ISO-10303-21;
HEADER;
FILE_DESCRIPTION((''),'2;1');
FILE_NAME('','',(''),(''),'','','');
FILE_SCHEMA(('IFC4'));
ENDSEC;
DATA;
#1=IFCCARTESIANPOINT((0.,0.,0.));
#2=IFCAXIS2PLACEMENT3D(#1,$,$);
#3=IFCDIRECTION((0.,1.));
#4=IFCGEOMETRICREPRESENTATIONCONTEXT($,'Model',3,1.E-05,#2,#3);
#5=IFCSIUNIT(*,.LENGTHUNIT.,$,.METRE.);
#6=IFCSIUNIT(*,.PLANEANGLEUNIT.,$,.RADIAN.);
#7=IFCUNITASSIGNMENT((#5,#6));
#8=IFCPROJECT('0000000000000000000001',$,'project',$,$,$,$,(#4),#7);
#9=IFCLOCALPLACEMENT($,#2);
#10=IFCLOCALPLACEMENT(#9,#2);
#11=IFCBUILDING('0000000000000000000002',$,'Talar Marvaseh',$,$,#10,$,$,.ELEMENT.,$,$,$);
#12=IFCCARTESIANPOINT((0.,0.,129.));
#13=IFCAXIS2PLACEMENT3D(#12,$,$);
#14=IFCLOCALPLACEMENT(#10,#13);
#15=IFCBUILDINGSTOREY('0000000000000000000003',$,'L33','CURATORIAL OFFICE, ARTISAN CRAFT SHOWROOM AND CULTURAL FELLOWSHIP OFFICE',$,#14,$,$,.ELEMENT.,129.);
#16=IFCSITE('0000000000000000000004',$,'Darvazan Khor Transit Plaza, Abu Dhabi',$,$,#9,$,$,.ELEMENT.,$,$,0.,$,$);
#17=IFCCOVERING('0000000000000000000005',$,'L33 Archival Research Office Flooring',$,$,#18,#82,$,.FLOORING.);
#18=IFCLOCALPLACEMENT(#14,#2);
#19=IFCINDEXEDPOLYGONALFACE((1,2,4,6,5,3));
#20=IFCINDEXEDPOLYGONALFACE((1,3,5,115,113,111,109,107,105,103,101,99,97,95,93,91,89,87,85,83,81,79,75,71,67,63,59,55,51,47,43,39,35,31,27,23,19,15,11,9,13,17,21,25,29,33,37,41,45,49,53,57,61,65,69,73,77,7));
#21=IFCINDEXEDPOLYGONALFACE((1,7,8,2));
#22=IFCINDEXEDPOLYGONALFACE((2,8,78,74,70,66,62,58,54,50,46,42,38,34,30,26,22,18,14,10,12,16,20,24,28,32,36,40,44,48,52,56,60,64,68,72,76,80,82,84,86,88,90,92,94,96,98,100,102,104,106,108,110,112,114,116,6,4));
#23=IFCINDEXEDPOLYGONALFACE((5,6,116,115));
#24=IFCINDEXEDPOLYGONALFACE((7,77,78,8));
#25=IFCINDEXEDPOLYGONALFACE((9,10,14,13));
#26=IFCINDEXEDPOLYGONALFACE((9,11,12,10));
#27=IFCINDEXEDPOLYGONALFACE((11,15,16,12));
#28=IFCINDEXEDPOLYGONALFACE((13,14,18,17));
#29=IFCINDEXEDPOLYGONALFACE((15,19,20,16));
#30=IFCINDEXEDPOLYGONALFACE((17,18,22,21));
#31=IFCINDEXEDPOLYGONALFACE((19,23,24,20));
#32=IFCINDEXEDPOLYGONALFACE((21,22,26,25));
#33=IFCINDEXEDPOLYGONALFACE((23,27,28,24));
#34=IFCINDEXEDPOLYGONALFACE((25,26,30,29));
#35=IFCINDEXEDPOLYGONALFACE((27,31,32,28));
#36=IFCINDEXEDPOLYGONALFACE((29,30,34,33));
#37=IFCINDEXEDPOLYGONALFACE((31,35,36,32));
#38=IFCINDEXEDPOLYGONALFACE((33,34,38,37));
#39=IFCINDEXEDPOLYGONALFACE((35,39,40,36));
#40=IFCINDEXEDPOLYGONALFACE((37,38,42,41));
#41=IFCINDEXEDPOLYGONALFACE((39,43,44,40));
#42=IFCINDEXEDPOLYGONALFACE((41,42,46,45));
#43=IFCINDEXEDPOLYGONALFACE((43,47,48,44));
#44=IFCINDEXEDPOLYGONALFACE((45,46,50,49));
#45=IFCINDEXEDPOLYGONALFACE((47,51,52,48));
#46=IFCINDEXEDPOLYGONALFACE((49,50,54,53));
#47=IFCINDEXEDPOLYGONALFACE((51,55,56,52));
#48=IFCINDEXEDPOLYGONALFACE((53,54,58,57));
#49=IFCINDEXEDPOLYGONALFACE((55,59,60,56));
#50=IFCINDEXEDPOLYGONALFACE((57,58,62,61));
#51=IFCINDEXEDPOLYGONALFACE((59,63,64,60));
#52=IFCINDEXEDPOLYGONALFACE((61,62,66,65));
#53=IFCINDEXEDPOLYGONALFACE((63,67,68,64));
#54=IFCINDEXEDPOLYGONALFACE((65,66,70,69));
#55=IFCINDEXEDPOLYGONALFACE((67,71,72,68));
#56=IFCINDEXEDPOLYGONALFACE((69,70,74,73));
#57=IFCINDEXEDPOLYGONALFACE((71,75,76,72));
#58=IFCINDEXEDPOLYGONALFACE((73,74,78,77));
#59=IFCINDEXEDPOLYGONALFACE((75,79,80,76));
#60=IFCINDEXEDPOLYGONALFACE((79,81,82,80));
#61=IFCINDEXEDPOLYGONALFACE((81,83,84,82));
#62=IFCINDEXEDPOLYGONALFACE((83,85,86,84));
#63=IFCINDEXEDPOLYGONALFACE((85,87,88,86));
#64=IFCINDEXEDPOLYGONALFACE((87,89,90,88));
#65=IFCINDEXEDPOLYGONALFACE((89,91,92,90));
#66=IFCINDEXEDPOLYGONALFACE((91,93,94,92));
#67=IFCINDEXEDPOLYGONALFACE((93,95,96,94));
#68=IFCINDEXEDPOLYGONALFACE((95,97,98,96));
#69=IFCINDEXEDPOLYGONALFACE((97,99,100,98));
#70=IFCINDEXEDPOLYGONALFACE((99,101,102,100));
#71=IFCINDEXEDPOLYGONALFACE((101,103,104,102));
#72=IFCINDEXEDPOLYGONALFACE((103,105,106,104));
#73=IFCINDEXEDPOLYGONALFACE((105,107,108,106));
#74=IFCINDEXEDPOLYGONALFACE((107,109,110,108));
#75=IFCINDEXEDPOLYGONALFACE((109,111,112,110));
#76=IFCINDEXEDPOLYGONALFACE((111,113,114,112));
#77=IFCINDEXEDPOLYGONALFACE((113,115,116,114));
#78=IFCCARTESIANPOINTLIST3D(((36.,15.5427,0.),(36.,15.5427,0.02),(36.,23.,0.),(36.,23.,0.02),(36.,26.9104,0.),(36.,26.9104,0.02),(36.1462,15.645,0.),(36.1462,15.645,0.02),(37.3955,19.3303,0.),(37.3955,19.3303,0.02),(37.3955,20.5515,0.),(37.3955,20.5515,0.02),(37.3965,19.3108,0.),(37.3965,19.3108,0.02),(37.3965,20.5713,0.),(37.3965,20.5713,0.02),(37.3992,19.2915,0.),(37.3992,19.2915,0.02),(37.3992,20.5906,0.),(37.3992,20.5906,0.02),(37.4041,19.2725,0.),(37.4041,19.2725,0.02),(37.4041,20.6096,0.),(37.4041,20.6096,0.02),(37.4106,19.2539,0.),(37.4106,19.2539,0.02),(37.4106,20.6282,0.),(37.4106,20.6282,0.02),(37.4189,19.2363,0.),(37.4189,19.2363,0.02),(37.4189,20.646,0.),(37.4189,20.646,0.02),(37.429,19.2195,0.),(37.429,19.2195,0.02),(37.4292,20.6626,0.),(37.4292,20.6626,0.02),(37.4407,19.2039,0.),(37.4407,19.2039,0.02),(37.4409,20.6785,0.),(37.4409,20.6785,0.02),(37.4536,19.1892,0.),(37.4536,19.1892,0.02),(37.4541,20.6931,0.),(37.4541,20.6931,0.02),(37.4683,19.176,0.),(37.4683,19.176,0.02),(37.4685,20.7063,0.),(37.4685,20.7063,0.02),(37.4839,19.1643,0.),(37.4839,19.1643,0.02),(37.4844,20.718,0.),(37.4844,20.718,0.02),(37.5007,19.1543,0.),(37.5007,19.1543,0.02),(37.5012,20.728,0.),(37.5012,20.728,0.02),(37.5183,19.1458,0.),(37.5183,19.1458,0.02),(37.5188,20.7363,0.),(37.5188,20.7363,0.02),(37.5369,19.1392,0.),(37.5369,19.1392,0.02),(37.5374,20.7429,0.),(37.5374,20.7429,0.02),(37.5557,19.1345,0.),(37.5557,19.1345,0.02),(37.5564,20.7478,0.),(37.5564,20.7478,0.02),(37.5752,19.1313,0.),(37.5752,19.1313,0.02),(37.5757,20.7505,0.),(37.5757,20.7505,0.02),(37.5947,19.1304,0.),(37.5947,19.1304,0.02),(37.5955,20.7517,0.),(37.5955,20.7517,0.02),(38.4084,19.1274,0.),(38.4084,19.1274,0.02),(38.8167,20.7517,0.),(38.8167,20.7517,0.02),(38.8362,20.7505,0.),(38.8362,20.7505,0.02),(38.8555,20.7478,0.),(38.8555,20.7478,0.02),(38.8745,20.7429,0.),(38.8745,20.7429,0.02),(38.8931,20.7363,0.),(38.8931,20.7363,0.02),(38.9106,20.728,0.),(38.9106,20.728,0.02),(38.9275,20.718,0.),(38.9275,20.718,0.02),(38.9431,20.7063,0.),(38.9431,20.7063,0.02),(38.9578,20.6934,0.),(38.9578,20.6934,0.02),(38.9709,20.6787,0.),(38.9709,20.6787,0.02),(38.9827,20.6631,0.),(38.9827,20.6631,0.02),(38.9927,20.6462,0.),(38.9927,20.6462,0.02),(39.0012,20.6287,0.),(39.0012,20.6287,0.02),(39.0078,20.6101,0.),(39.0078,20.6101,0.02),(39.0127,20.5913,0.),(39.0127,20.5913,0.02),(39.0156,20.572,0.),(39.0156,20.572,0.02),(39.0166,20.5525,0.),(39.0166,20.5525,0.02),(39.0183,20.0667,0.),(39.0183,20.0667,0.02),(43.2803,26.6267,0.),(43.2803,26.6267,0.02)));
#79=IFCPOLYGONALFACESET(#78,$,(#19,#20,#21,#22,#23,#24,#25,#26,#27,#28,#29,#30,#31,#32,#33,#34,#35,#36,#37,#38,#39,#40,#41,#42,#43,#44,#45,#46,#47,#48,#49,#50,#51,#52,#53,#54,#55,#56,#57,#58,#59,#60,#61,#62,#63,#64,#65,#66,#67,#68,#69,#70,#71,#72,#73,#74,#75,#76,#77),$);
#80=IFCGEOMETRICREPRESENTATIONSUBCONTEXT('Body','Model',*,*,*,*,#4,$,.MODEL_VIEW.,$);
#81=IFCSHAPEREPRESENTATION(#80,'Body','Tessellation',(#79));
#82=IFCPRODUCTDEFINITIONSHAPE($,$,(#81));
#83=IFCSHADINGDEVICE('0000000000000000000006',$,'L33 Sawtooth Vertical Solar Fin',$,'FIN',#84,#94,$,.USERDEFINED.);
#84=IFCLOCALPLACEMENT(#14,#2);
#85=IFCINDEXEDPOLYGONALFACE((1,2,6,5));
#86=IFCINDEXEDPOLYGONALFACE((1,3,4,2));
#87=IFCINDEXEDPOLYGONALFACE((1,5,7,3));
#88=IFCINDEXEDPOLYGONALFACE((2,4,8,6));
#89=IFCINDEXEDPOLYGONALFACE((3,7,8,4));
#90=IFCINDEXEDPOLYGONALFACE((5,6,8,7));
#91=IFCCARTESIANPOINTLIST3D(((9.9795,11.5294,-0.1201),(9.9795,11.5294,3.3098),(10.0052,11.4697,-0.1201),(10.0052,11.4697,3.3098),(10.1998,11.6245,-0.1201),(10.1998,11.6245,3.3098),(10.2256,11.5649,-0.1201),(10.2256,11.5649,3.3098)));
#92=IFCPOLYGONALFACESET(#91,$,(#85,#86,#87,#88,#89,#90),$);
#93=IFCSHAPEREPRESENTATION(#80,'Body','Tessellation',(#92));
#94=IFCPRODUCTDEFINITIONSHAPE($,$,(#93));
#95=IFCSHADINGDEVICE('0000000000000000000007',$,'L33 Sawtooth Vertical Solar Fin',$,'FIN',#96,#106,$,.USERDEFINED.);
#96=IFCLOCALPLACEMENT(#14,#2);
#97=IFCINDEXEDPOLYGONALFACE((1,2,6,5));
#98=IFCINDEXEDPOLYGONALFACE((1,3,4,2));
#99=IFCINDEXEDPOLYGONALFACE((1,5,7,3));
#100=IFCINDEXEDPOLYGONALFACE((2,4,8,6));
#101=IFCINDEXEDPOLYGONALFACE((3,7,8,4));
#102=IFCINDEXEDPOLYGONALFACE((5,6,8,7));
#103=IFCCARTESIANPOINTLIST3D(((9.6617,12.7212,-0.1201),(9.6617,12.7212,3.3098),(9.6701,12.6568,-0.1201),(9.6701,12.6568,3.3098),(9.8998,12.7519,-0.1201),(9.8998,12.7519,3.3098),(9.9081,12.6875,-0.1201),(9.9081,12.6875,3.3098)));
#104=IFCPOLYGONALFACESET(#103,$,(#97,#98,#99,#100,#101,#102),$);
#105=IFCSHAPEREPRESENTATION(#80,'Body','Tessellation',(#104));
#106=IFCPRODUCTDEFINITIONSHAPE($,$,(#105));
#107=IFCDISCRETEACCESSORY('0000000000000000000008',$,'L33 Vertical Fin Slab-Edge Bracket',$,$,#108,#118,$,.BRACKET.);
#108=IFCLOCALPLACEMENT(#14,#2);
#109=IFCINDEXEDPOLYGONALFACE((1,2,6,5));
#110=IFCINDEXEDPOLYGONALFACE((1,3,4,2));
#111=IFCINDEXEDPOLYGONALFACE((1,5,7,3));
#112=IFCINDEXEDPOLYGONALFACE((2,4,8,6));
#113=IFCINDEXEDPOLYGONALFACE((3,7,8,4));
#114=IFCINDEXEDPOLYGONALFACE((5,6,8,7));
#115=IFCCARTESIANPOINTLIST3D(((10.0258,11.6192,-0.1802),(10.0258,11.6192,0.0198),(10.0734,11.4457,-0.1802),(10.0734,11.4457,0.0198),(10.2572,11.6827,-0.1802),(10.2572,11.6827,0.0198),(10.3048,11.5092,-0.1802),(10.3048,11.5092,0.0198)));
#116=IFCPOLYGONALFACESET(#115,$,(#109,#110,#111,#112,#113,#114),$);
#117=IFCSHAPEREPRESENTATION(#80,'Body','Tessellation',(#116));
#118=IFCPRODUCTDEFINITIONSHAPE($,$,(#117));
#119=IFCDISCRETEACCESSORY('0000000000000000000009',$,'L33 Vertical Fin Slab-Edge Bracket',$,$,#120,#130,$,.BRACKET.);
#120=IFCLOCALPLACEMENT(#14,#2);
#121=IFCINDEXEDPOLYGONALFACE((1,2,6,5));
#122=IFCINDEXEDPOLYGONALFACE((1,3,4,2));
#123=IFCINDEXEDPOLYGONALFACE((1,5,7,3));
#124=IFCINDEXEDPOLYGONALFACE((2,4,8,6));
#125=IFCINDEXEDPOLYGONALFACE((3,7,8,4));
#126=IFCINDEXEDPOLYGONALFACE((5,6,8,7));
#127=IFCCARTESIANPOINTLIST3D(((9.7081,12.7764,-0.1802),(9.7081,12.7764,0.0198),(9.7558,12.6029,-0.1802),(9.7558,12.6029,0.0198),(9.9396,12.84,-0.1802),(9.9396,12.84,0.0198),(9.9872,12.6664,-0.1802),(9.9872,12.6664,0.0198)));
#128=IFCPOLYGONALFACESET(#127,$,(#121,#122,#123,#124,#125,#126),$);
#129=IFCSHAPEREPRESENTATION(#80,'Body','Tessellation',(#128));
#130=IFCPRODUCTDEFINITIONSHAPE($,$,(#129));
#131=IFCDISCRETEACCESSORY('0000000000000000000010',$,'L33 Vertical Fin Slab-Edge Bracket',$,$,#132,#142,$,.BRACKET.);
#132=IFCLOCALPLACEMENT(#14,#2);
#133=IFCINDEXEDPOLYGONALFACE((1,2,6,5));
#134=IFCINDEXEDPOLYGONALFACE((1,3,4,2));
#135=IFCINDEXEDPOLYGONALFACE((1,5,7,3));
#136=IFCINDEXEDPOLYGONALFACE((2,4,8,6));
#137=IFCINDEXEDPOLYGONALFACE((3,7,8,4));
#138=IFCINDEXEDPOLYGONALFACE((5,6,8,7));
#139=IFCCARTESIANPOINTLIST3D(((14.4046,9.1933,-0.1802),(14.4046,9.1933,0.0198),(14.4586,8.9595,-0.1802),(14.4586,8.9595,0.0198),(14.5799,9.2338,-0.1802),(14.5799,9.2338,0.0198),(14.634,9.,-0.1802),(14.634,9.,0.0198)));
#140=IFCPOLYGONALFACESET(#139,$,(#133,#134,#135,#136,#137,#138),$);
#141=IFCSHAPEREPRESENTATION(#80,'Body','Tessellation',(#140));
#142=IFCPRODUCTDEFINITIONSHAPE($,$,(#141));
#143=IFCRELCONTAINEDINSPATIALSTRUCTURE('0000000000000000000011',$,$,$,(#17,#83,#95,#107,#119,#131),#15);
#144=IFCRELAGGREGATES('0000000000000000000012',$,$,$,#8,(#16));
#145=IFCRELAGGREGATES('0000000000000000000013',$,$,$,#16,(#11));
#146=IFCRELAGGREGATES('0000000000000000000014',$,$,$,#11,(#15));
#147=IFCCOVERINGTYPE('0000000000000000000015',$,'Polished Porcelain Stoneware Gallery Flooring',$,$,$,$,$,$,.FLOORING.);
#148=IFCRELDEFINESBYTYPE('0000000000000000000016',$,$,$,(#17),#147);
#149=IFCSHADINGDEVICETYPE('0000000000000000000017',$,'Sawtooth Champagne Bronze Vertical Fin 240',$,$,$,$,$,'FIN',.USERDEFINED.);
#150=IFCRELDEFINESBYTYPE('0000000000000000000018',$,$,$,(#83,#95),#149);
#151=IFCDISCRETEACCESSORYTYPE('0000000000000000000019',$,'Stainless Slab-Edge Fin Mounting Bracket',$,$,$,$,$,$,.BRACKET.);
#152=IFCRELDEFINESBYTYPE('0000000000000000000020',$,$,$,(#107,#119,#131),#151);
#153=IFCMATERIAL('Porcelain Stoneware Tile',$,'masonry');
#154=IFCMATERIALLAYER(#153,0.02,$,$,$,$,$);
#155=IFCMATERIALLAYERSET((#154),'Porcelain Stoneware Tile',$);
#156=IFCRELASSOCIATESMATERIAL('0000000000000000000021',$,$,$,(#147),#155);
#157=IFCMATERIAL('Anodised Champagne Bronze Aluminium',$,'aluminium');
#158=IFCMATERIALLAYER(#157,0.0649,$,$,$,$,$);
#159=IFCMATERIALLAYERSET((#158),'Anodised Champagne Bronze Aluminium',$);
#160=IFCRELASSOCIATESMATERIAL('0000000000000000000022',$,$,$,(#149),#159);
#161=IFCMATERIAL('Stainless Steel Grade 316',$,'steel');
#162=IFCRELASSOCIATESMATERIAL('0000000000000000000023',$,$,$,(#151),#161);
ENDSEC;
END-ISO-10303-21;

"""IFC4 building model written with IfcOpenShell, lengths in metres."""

from ifc_helpers import new_model, si_unit, direction, frame, origin, origin_2d, place, context, subcontext, project, spatial, polyline, rectangle, outline, extrude, source, transform, mapped, material, layer, layer_set, type_object, type_shapes, element, save


model = new_model("IFC4")

# Units and contexts
model_context = context("Model", 3, precision=1e-05, world=origin(), true_north=direction((0.0, 1.0)))
body_context = subcontext(model_context, "Body", "Model", "MODEL_VIEW")
ifc_project = project(units=[si_unit("LENGTHUNIT", "METRE"), si_unit("PLANEANGLEUNIT", "RADIAN")], contexts=[model_context])

# Site, building, storey
site_placement = place(None, origin())
site = spatial("IfcSite", under=ifc_project, at=site_placement, Name="Darvazan Khor Transit Plaza, Abu Dhabi", CompositionType="ELEMENT", RefElevation=0.0)
building_placement = place(site_placement, origin())
building = spatial("IfcBuilding", under=site, at=building_placement, Name="Talar Marvaseh", CompositionType="ELEMENT")
storey_placement = place(building_placement, frame((0.0, 0.0, 129.0)))
storey = spatial("IfcBuildingStorey", under=building, at=storey_placement, Name="L33", Description="CURATORIAL OFFICE, ARTISAN CRAFT SHOWROOM AND CULTURAL FELLOWSHIP OFFICE", CompositionType="ELEMENT", Elevation=129.0)

# Covering
ifc_material_1 = material(Name="Porcelain Stoneware Tile", Category="masonry")
ifc_layer_1 = layer(ifc_material_1, 0.02)
ifc_layer_set_1 = layer_set([ifc_layer_1], Name="Porcelain Stoneware Tile")
covering_type_1 = type_object("IfcCoveringType", Name="Polished Porcelain Stoneware Gallery Flooring", PredefinedType="FLOORING", material=ifc_layer_set_1)
covering_1_placement = place(storey_placement, origin())
element("IfcCovering", 1, at=covering_1_placement, inside=storey, type_object=covering_type_1, Name="L33 Archival Research Office Flooring", PredefinedType="FLOORING", context=body_context, shape_type="SweptSolid", body=[
    extrude(outline(polyline([(39.0127, 20.5913), (39.0078, 20.6101), (39.0012, 20.6287), (38.9927, 20.6462), (38.9827, 20.6631), (38.9709, 20.6787), (38.9578, 20.6934), (38.9431, 20.7063), (38.9275, 20.718), (38.9106, 20.728), (38.8931, 20.7363), (38.8745, 20.7429), (38.8555, 20.7478), (38.8362, 20.7505), (38.8167, 20.7517), (37.5955, 20.7517), (37.5757, 20.7505), (37.5564, 20.7478), (37.5374, 20.7429), (37.5188, 20.7363), (37.5012, 20.728), (37.4844, 20.718), (37.4685, 20.7063), (37.4541, 20.6931), (37.4409, 20.6785), (37.4292, 20.6626), (37.4189, 20.646), (37.4106, 20.6282), (37.4041, 20.6096), (37.3992, 20.5906), (37.3965, 20.5713), (37.3955, 20.5515), (37.3955, 19.3303), (37.3965, 19.3108), (37.3992, 19.2915), (37.4041, 19.2725), (37.4106, 19.2539), (37.4189, 19.2363), (37.429, 19.2195), (37.4407, 19.2039), (37.4536, 19.1892), (37.4683, 19.176), (37.4839, 19.1643), (37.5007, 19.1543), (37.5183, 19.1458), (37.5369, 19.1392), (37.5557, 19.1345), (37.5752, 19.1313), (37.5947, 19.1304), (38.4084, 19.1274), (36.1462, 15.645), (36.0, 15.5427), (36.0, 23.0), (36.0, 26.9104), (43.2803, 26.6267), (39.0183, 20.0667), (39.0166, 20.5525), (39.0156, 20.572), (39.0127, 20.5913)])), origin(), (0.0, 0.0, 1.0), 0.02),
])

# Shading devices
ifc_material_2 = material(Name="Anodised Champagne Bronze Aluminium", Category="aluminium")
ifc_layer_2 = layer(ifc_material_2, 0.0649)
ifc_layer_set_2 = layer_set([ifc_layer_2], Name="Anodised Champagne Bronze Aluminium")
shading_device_type = type_object("IfcShadingDeviceType", Name="Sawtooth Champagne Bronze Vertical Fin 240", ElementType="FIN", PredefinedType="USERDEFINED", material=ifc_layer_set_2)
shared_shape_1 = source(origin(), body_context, "Body", "SweptSolid", [
    extrude(rectangle(XDim=0.24, YDim=0.0649, at=origin_2d()), origin(), (0.0, 0.0, 1.0), 3.4299),
])
type_shapes(shading_device_type, [shared_shape_1])
for number, where, z_axis, x_axis, name in (
    (2, (10.1025, 11.5471, -0.1201), (0.0, 0.0, 1.0), (-0.918101, -0.396347, 0.0), "L33 Sawtooth Vertical Solar Fin"),
    (3, (9.7849, 12.7043, -0.1201), (0.0, 0.0, 1.0), (-0.991783, -0.12793, 0.0), "L33 Sawtooth Vertical Solar Fin"),
):
    element("IfcShadingDevice", number, at=place(storey_placement, frame(where, z_axis=z_axis, x_axis=x_axis)), inside=storey, type_object=shading_device_type, Name=name, ObjectType="FIN", PredefinedType="USERDEFINED", context=body_context, shape_type="MappedRepresentation", body=[
        mapped(shared_shape_1, transform((0.0, 0.0, 0.0), x_axis=(1.0, 0.0, 0.0), y_axis=(0.0, 1.0, 0.0), z_axis=(0.0, 0.0, 1.0), scale=1.0)),
    ])

# Discrete accessories
ifc_material_3 = material(Name="Stainless Steel Grade 316", Category="steel")
discrete_accessory_type = type_object("IfcDiscreteAccessoryType", Name="Stainless Slab-Edge Fin Mounting Bracket", PredefinedType="BRACKET", material=ifc_material_3)
shared_shape_2 = source(origin(), body_context, "Body", "SweptSolid", [
    extrude(rectangle(XDim=0.24, YDim=0.1799, at=origin_2d()), origin(), (0.0, 0.0, 1.0), 0.2),
])
type_shapes(discrete_accessory_type, [shared_shape_2])
for number, where, z_axis, x_axis, name in (
    (4, (10.1653, 11.5642, -0.1802), (0.0, 0.0, 1.0), (-0.964327, -0.264715, 0.0), "L33 Vertical Fin Slab-Edge Bracket"),
    (5, (9.8477, 12.7214, -0.1802), (0.0, 0.0, 1.0), (-0.964327, -0.264715, 0.0), "L33 Vertical Fin Slab-Edge Bracket"),
    (6, (14.5193, 9.0967, -0.1802), (0.0, 0.0, 1.0), (0.225121, -0.974331, 0.0), "L33 Vertical Fin Slab-Edge Bracket"),
):
    element("IfcDiscreteAccessory", number, at=place(storey_placement, frame(where, z_axis=z_axis, x_axis=x_axis)), inside=storey, type_object=discrete_accessory_type, Name=name, PredefinedType="BRACKET", context=body_context, shape_type="MappedRepresentation", body=[
        mapped(shared_shape_2, transform((0.0, 0.0, 0.0), x_axis=(1.0, 0.0, 0.0), y_axis=(0.0, 1.0, 0.0), z_axis=(0.0, 0.0, 1.0), scale=1.0)),
    ])

save(model, "model.ifc")
